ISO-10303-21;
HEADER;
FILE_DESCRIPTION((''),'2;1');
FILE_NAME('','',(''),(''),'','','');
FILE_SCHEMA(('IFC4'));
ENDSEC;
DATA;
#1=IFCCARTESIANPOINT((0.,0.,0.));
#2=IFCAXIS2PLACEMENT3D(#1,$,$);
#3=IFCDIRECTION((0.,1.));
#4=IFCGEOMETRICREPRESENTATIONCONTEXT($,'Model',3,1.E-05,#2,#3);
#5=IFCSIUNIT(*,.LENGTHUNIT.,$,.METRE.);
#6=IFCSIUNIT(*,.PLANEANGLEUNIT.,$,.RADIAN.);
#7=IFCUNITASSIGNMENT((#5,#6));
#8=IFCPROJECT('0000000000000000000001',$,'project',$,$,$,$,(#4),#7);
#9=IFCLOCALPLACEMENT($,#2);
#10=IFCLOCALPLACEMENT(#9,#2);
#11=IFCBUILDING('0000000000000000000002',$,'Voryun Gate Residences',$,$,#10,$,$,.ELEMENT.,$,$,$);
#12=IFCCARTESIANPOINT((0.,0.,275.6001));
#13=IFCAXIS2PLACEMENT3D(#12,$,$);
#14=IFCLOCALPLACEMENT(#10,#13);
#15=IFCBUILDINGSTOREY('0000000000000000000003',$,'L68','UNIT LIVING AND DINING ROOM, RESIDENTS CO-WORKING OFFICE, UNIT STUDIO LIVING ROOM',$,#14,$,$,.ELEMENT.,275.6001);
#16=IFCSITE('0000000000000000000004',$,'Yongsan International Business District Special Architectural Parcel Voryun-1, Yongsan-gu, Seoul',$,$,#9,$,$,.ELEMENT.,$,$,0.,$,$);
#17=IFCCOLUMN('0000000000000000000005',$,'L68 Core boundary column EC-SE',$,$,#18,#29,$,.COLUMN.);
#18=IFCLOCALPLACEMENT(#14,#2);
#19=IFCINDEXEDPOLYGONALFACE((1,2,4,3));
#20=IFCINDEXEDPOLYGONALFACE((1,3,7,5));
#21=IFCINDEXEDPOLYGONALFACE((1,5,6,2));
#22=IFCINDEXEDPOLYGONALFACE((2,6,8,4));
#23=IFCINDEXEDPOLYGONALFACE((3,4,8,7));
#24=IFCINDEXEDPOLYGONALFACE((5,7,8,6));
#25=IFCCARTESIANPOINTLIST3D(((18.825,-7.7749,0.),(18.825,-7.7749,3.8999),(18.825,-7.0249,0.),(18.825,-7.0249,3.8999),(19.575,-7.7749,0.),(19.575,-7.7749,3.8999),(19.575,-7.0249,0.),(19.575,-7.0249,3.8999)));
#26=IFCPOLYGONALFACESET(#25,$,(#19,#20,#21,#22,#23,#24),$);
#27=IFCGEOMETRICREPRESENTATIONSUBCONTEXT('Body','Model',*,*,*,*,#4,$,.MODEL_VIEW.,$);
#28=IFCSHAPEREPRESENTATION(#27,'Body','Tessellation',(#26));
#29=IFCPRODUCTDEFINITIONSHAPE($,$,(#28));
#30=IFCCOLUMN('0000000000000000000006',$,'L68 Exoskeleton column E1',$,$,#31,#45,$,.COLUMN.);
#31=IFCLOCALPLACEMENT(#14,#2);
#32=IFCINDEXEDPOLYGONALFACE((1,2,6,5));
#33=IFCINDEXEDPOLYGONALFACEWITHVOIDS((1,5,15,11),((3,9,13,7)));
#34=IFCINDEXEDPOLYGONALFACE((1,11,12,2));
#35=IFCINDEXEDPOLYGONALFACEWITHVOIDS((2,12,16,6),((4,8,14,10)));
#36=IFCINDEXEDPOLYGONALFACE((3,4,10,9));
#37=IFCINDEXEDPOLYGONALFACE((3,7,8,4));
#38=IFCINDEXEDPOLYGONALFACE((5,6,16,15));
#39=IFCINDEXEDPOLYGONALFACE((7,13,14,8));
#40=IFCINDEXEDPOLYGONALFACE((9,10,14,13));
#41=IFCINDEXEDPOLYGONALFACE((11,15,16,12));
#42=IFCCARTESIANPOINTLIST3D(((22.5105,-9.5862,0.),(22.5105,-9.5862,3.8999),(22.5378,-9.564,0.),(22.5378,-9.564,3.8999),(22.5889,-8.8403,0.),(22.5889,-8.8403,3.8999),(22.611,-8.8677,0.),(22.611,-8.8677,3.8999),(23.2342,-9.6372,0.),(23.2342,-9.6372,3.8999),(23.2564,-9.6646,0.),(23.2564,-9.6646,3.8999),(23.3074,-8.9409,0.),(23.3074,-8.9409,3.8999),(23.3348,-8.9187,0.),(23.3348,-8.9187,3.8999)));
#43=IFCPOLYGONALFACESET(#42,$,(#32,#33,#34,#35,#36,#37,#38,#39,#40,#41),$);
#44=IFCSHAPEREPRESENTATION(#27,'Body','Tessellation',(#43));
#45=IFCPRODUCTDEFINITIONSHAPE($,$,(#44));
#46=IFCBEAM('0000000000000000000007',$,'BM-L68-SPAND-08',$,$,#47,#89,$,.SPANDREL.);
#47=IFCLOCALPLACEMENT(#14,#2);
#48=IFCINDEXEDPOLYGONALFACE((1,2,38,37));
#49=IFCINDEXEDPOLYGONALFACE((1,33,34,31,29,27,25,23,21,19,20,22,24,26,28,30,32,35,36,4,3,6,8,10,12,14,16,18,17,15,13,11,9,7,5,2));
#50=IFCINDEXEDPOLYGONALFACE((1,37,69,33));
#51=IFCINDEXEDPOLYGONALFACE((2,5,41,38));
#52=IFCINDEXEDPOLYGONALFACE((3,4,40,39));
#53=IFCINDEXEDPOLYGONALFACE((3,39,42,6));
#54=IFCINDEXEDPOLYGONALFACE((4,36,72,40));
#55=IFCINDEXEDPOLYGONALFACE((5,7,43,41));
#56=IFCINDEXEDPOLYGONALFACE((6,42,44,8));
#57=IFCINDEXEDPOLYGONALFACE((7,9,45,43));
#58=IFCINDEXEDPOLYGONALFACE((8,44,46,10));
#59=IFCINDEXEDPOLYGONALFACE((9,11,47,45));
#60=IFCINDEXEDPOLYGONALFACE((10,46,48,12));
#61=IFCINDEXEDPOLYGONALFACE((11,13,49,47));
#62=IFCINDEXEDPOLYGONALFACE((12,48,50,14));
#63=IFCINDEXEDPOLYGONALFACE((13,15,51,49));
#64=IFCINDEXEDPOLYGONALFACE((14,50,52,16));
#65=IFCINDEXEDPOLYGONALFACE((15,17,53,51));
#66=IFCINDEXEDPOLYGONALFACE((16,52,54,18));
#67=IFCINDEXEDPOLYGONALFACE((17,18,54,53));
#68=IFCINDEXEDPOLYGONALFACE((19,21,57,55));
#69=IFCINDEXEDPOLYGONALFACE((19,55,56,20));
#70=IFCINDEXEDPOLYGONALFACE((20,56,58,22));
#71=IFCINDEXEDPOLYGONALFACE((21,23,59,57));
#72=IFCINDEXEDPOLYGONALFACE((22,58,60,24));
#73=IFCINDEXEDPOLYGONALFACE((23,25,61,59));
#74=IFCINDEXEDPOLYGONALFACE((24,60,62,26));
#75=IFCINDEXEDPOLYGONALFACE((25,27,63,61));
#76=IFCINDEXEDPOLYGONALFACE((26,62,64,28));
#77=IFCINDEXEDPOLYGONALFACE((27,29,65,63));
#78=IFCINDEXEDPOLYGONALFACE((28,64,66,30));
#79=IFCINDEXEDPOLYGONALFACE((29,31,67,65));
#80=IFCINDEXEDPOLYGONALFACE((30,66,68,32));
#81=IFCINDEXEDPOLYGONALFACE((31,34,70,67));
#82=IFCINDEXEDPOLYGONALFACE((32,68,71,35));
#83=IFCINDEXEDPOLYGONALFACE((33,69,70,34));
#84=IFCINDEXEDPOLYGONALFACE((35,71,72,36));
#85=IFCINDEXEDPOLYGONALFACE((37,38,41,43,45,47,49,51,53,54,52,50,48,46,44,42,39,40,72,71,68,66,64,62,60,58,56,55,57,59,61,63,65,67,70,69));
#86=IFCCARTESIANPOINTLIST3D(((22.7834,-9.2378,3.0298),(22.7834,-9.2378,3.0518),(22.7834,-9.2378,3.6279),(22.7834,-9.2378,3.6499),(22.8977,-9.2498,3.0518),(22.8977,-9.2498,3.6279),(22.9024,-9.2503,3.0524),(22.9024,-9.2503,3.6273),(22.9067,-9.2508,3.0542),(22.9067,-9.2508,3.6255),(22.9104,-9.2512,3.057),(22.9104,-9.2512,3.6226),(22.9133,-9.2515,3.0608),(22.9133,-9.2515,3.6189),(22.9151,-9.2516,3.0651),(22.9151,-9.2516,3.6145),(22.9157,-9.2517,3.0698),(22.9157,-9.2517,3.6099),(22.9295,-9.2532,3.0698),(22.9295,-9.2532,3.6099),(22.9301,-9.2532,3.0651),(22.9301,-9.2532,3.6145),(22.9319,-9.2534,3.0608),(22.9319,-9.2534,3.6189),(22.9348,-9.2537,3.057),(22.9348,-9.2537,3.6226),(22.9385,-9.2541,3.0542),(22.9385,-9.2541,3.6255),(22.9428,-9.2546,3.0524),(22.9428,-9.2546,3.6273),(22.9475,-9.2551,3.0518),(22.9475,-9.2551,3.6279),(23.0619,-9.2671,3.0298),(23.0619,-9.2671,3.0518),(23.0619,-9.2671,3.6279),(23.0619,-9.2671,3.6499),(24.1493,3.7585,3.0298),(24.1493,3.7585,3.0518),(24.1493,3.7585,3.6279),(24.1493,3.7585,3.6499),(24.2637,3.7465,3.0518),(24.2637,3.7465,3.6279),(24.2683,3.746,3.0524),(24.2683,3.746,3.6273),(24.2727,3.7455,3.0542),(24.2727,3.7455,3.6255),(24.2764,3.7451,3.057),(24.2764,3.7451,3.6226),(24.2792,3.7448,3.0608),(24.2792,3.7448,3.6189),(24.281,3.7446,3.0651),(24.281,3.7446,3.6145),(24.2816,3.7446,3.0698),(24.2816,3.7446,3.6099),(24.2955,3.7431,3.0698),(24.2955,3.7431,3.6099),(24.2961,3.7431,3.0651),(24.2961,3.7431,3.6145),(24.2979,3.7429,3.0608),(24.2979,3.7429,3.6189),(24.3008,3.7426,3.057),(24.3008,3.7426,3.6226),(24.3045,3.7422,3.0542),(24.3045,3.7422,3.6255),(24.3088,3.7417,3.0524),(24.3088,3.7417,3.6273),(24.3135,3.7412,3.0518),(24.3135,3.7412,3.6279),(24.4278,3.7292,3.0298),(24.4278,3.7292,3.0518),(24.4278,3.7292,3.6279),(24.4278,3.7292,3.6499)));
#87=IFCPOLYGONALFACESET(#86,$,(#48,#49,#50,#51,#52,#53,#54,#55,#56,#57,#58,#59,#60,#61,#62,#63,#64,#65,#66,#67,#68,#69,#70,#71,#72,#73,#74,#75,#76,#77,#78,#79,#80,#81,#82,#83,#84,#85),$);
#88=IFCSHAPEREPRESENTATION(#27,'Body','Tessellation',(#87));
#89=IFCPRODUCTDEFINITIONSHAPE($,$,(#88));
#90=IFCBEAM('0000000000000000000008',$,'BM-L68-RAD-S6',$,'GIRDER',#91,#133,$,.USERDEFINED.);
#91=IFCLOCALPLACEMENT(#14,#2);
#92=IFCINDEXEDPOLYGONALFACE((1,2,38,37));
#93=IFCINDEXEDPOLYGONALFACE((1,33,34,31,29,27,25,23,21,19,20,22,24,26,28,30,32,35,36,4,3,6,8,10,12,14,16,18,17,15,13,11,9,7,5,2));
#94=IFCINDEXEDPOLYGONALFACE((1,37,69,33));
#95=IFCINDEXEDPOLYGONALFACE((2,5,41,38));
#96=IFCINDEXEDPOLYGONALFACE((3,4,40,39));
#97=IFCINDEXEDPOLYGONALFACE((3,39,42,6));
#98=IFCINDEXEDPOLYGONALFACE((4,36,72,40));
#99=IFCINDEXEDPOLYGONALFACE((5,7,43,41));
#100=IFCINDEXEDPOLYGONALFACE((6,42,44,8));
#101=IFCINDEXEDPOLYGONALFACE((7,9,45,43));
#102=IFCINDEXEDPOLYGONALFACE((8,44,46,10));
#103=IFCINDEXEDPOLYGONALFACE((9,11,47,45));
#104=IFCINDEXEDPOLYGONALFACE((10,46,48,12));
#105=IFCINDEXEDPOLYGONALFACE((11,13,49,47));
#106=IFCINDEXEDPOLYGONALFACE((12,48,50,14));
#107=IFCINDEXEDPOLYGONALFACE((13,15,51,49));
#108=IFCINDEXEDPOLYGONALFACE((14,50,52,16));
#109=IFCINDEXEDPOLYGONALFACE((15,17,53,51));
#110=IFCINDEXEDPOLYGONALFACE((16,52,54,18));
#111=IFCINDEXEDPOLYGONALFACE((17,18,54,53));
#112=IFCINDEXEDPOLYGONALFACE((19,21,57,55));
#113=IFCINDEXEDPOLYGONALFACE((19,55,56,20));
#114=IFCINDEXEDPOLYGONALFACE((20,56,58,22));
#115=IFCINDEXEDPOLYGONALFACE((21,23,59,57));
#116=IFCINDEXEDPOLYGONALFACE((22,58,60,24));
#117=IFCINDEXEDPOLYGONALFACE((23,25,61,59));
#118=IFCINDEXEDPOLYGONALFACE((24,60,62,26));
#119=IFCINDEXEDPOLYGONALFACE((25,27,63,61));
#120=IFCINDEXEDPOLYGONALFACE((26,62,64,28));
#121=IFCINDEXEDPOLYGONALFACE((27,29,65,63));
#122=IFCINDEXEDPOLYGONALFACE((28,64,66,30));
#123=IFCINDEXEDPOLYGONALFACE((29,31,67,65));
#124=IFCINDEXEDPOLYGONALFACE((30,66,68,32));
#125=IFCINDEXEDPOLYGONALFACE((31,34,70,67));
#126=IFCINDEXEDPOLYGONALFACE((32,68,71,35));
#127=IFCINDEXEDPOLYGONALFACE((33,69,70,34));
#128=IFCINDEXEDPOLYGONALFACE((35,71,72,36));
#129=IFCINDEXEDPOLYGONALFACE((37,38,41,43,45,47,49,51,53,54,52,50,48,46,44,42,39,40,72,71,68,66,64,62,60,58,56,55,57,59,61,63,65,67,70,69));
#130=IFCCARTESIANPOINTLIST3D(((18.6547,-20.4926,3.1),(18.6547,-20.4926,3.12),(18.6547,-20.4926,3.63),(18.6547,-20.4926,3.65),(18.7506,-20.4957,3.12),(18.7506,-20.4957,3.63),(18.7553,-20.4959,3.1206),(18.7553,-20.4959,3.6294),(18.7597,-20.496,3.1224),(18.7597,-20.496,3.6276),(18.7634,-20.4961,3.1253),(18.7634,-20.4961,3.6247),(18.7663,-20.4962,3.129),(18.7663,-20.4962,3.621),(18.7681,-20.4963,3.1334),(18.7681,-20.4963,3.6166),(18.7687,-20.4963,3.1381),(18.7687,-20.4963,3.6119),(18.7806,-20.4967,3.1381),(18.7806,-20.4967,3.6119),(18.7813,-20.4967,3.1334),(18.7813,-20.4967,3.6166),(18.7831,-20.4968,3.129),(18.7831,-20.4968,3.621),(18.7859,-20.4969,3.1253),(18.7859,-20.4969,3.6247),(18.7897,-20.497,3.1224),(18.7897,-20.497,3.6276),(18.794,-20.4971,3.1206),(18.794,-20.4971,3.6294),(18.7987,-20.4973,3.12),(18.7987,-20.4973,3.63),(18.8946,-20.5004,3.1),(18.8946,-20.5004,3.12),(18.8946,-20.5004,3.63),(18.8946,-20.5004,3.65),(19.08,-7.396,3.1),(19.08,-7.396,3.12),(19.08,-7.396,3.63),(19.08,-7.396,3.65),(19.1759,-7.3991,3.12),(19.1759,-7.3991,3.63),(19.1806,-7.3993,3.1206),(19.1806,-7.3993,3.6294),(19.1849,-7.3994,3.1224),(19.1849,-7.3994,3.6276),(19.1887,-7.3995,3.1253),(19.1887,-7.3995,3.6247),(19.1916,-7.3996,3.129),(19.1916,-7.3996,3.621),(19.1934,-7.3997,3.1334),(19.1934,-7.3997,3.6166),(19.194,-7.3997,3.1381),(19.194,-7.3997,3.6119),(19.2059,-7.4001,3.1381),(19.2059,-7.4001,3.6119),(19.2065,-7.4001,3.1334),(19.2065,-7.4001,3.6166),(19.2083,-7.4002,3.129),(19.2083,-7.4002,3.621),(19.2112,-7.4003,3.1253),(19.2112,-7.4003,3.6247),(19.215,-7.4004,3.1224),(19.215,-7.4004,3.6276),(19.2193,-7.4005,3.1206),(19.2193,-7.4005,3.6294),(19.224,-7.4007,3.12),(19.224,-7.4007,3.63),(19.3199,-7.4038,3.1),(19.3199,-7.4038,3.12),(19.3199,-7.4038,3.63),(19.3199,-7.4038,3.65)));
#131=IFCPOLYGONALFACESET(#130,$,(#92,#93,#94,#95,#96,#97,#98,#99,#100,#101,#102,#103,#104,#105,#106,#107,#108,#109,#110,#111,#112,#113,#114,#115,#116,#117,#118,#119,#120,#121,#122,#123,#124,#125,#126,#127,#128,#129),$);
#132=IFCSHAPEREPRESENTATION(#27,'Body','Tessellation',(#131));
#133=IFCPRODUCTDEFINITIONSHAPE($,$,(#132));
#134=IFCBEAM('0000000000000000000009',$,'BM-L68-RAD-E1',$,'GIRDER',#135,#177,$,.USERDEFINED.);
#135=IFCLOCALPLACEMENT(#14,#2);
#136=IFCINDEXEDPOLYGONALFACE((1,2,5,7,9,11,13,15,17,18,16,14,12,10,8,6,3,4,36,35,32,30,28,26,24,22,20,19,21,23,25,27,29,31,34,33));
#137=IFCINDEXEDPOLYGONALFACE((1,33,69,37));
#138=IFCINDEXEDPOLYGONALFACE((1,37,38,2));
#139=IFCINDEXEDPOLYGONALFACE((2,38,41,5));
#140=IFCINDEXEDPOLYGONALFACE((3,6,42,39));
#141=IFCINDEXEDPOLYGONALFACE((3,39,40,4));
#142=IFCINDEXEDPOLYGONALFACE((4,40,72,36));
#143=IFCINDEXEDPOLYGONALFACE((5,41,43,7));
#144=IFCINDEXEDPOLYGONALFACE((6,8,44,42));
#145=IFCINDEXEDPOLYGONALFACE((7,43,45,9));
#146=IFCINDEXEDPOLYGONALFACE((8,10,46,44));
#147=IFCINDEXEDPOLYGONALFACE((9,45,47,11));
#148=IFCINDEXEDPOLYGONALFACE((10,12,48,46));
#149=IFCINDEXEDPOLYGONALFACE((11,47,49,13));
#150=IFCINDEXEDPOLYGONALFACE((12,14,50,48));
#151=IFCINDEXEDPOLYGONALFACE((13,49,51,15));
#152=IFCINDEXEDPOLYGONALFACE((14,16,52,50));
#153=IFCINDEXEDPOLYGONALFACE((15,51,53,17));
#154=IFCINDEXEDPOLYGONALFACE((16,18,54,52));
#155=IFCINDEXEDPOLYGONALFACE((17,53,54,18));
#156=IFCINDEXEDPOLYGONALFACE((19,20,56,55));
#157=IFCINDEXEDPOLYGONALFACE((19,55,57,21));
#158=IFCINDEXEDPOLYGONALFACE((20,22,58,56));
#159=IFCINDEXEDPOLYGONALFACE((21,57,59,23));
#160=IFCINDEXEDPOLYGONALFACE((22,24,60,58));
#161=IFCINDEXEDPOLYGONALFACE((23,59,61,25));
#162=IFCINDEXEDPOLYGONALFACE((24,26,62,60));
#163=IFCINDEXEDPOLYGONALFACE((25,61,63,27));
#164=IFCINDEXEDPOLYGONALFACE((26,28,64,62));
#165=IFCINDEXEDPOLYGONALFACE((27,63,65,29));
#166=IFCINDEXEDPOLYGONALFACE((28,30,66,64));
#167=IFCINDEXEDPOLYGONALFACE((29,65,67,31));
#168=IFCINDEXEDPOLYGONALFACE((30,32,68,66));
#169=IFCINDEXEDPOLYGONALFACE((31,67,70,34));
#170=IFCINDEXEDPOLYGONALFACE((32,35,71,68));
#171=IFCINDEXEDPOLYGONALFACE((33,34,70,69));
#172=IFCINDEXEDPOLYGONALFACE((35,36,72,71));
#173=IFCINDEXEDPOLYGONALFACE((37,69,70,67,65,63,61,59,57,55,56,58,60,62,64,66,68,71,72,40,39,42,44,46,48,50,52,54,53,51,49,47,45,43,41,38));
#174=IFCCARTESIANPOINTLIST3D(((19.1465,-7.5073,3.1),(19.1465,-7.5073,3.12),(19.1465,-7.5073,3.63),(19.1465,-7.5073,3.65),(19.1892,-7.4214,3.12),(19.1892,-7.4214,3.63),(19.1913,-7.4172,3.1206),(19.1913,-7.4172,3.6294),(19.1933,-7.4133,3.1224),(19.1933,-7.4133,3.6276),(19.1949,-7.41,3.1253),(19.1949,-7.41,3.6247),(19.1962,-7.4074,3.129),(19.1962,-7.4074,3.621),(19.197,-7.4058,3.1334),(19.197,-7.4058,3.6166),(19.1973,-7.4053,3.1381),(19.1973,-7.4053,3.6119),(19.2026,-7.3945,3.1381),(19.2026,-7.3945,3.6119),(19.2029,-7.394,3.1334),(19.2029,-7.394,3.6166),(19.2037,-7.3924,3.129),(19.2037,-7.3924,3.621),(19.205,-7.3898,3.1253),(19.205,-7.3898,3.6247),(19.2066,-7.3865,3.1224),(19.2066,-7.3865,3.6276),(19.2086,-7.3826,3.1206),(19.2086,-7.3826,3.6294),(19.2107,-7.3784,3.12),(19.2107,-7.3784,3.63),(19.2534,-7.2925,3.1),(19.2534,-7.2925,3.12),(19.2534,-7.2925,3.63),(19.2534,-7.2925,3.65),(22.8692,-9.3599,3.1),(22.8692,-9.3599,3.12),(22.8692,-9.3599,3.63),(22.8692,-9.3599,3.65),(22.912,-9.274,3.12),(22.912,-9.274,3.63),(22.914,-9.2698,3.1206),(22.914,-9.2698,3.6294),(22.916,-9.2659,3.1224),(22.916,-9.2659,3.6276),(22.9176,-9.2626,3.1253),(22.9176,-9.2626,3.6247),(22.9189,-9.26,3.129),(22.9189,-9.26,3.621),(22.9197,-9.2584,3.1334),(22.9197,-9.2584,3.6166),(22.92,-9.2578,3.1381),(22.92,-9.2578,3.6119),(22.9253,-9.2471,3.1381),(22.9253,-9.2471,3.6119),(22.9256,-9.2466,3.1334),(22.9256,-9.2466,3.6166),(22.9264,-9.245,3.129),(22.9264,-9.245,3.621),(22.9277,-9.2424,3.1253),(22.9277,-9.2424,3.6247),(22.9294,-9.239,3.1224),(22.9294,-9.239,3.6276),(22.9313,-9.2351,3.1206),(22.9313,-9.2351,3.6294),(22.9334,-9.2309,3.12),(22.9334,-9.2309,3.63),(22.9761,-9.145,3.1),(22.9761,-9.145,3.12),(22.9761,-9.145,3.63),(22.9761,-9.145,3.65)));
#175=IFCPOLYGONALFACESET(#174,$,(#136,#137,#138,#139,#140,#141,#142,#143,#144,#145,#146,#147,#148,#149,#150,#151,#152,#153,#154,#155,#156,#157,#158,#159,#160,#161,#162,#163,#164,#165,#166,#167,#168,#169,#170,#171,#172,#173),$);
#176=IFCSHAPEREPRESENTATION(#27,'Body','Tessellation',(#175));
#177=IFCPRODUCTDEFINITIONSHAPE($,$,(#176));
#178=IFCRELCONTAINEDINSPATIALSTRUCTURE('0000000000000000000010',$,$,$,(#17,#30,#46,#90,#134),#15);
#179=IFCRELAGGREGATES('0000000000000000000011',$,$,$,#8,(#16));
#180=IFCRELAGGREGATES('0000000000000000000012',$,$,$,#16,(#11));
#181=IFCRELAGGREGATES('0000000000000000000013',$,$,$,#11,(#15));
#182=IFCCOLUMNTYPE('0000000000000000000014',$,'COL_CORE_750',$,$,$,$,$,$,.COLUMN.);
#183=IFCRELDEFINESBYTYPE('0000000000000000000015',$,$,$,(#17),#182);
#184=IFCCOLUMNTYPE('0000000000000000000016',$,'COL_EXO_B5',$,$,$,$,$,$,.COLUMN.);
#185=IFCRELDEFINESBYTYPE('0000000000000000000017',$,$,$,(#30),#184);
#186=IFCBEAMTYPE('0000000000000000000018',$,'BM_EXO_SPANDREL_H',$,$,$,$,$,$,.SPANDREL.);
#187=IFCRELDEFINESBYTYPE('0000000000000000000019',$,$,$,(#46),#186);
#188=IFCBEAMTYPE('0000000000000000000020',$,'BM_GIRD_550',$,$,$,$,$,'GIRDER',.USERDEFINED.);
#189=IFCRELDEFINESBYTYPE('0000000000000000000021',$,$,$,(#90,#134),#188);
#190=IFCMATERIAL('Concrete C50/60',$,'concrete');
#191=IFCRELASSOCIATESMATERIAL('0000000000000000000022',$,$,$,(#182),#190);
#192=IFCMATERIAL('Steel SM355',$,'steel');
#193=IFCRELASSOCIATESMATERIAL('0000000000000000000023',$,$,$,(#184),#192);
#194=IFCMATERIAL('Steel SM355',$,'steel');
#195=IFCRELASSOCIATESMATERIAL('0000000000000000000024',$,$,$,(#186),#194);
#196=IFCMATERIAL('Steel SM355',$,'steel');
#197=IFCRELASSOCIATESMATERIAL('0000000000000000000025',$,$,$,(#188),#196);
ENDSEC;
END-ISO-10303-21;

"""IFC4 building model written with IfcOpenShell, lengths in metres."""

from ifc_helpers import new_model, si_unit, direction, frame, origin, origin_2d, place, context, subcontext, project, spatial, rectangle, hollow_rectangle, i_section, extrude, material, material_profile, profile_set, type_object, element, save


model = new_model("IFC4")

# Units and contexts
model_context = context("Model", 3, precision=1e-05, world=origin(), true_north=direction((0.0, 1.0)))
body_context = subcontext(model_context, "Body", "Model", "MODEL_VIEW")
ifc_project = project(units=[si_unit("LENGTHUNIT", "METRE"), si_unit("PLANEANGLEUNIT", "RADIAN")], contexts=[model_context])

# Site, building, storey
site_placement = place(None, origin())
site = spatial("IfcSite", under=ifc_project, at=site_placement, Name="Yongsan International Business District Special Architectural Parcel Voryun-1, Yongsan-gu, Seoul", CompositionType="ELEMENT", RefElevation=0.0)
building_placement = place(site_placement, origin())
building = spatial("IfcBuilding", under=site, at=building_placement, Name="Voryun Gate Residences", CompositionType="ELEMENT")
storey_placement = place(building_placement, frame((0.0, 0.0, 275.6001)))
storey = spatial("IfcBuildingStorey", under=building, at=storey_placement, Name="L68", Description="UNIT LIVING AND DINING ROOM, RESIDENTS CO-WORKING OFFICE, UNIT STUDIO LIVING ROOM", CompositionType="ELEMENT", Elevation=275.6001)

# Columns
ifc_material_1 = material(Name="Concrete C50/60", Category="concrete")
ifc_material_profile_1 = material_profile(ifc_material_1, rectangle(XDim=0.75, YDim=0.75, at=origin_2d()), Name="RC-750x750")
ifc_profile_set_1 = profile_set([ifc_material_profile_1], Name="Concrete C50/60")
column_type_1 = type_object("IfcColumnType", Name="COL_CORE_750", PredefinedType="COLUMN", material=ifc_profile_set_1)
column_1_placement = place(storey_placement, frame((19.2, -7.3999, 0.0), z_axis=(0.0, 0.0, 1.0), x_axis=(1.0, 0.0, 0.0)))
element("IfcColumn", 1, at=column_1_placement, inside=storey, type_object=column_type_1, Name="L68 Core boundary column EC-SE", PredefinedType="COLUMN", context=body_context, shape_type="SweptSolid", body=[
    extrude(rectangle(XDim=0.75, YDim=0.75, at=origin_2d()), origin(), (0.0, 0.0, 1.0), 3.8999),
])
ifc_material_2 = material(Name="Steel SM355", Category="steel")
ifc_material_profile_2 = material_profile(ifc_material_2, hollow_rectangle(XDim=0.75, YDim=0.75, WallThickness=0.0249, at=origin_2d()), Name="BOX-750x750x25")
ifc_profile_set_2 = profile_set([ifc_material_profile_2], Name="Steel SM355")
column_type_2 = type_object("IfcColumnType", Name="COL_EXO_B5", PredefinedType="COLUMN", material=ifc_profile_set_2)
column_2_placement = place(storey_placement, frame((22.9226, -9.2524, 0.0), z_axis=(0.0, 0.0, 1.0), x_axis=(0.994522, -0.104528, 0.0)))
element("IfcColumn", 2, at=column_2_placement, inside=storey, type_object=column_type_2, Name="L68 Exoskeleton column E1", PredefinedType="COLUMN", context=body_context, shape_type="SweptSolid", body=[
    extrude(hollow_rectangle(XDim=0.75, YDim=0.75, WallThickness=0.0249, at=origin_2d()), origin(), (0.0, 0.0, 1.0), 3.8999),
])

# Beams
ifc_material_3 = material(Name="Steel SM355", Category="steel")
ifc_material_profile_3 = material_profile(ifc_material_3, i_section(OverallWidth=0.28, OverallDepth=0.6201, WebThickness=0.0139, FlangeThickness=0.022, FilletRadius=0.0181, at=origin_2d()), Name="H-620x280x14x22")
ifc_profile_set_3 = profile_set([ifc_material_profile_3], Name="Steel SM355")
beam_type_1 = type_object("IfcBeamType", Name="BM_EXO_SPANDREL_H", PredefinedType="SPANDREL", material=ifc_profile_set_3)
beam_1_placement = place(storey_placement, frame((22.9226, -9.2524, 3.3398), z_axis=(0.104528, 0.994522, 0.0), x_axis=(-0.994522, 0.104528, 0.0)))
element("IfcBeam", 3, at=beam_1_placement, inside=storey, type_object=beam_type_1, Name="BM-L68-SPAND-08", PredefinedType="SPANDREL", context=body_context, shape_type="SweptSolid", body=[
    extrude(i_section(OverallWidth=0.28, OverallDepth=0.6201, WebThickness=0.0139, FlangeThickness=0.022, FilletRadius=0.0181, at=origin_2d()), origin(), (0.0, 0.0, 1.0), 13.0679),
])
ifc_material_4 = material(Name="Steel SM355", Category="steel")
ifc_material_profile_4 = material_profile(ifc_material_4, i_section(OverallWidth=0.24, OverallDepth=0.55, WebThickness=0.012, FlangeThickness=0.02, FilletRadius=0.0181, at=origin_2d()), Name="H-550x240x12x20")
ifc_profile_set_4 = profile_set([ifc_material_profile_4], Name="Steel SM355")
beam_type_2 = type_object("IfcBeamType", Name="BM_GIRD_550", ElementType="GIRDER", PredefinedType="USERDEFINED", material=ifc_profile_set_4)
beam_2_placement = place(storey_placement, frame((19.2, -7.3999, 3.375), z_axis=(-0.032456, -0.999473, 0.0), x_axis=(0.999473, -0.032456, 0.0)))
element("IfcBeam", 4, at=beam_2_placement, inside=storey, type_object=beam_type_2, Name="BM-L68-RAD-S6", ObjectType="GIRDER", PredefinedType="USERDEFINED", context=body_context, shape_type="SweptSolid", body=[
    extrude(i_section(OverallWidth=0.24, OverallDepth=0.55, WebThickness=0.012, FlangeThickness=0.02, FilletRadius=0.0181, at=origin_2d()), origin(), (0.0, 0.0, 1.0), 13.1035),
])
beam_3_placement = place(storey_placement, frame((19.2, -7.3999, 3.375), z_axis=(0.895271, -0.445522, 0.0), x_axis=(0.445522, 0.895271, 0.0)))
element("IfcBeam", 5, at=beam_3_placement, inside=storey, type_object=beam_type_2, Name="BM-L68-RAD-E1", ObjectType="GIRDER", PredefinedType="USERDEFINED", context=body_context, shape_type="SweptSolid", body=[
    extrude(i_section(OverallWidth=0.24, OverallDepth=0.55, WebThickness=0.012, FlangeThickness=0.02, FilletRadius=0.0181, at=origin_2d()), origin(), (0.0, 0.0, 1.0), 4.1582),
])

save(model, "model.ifc")
